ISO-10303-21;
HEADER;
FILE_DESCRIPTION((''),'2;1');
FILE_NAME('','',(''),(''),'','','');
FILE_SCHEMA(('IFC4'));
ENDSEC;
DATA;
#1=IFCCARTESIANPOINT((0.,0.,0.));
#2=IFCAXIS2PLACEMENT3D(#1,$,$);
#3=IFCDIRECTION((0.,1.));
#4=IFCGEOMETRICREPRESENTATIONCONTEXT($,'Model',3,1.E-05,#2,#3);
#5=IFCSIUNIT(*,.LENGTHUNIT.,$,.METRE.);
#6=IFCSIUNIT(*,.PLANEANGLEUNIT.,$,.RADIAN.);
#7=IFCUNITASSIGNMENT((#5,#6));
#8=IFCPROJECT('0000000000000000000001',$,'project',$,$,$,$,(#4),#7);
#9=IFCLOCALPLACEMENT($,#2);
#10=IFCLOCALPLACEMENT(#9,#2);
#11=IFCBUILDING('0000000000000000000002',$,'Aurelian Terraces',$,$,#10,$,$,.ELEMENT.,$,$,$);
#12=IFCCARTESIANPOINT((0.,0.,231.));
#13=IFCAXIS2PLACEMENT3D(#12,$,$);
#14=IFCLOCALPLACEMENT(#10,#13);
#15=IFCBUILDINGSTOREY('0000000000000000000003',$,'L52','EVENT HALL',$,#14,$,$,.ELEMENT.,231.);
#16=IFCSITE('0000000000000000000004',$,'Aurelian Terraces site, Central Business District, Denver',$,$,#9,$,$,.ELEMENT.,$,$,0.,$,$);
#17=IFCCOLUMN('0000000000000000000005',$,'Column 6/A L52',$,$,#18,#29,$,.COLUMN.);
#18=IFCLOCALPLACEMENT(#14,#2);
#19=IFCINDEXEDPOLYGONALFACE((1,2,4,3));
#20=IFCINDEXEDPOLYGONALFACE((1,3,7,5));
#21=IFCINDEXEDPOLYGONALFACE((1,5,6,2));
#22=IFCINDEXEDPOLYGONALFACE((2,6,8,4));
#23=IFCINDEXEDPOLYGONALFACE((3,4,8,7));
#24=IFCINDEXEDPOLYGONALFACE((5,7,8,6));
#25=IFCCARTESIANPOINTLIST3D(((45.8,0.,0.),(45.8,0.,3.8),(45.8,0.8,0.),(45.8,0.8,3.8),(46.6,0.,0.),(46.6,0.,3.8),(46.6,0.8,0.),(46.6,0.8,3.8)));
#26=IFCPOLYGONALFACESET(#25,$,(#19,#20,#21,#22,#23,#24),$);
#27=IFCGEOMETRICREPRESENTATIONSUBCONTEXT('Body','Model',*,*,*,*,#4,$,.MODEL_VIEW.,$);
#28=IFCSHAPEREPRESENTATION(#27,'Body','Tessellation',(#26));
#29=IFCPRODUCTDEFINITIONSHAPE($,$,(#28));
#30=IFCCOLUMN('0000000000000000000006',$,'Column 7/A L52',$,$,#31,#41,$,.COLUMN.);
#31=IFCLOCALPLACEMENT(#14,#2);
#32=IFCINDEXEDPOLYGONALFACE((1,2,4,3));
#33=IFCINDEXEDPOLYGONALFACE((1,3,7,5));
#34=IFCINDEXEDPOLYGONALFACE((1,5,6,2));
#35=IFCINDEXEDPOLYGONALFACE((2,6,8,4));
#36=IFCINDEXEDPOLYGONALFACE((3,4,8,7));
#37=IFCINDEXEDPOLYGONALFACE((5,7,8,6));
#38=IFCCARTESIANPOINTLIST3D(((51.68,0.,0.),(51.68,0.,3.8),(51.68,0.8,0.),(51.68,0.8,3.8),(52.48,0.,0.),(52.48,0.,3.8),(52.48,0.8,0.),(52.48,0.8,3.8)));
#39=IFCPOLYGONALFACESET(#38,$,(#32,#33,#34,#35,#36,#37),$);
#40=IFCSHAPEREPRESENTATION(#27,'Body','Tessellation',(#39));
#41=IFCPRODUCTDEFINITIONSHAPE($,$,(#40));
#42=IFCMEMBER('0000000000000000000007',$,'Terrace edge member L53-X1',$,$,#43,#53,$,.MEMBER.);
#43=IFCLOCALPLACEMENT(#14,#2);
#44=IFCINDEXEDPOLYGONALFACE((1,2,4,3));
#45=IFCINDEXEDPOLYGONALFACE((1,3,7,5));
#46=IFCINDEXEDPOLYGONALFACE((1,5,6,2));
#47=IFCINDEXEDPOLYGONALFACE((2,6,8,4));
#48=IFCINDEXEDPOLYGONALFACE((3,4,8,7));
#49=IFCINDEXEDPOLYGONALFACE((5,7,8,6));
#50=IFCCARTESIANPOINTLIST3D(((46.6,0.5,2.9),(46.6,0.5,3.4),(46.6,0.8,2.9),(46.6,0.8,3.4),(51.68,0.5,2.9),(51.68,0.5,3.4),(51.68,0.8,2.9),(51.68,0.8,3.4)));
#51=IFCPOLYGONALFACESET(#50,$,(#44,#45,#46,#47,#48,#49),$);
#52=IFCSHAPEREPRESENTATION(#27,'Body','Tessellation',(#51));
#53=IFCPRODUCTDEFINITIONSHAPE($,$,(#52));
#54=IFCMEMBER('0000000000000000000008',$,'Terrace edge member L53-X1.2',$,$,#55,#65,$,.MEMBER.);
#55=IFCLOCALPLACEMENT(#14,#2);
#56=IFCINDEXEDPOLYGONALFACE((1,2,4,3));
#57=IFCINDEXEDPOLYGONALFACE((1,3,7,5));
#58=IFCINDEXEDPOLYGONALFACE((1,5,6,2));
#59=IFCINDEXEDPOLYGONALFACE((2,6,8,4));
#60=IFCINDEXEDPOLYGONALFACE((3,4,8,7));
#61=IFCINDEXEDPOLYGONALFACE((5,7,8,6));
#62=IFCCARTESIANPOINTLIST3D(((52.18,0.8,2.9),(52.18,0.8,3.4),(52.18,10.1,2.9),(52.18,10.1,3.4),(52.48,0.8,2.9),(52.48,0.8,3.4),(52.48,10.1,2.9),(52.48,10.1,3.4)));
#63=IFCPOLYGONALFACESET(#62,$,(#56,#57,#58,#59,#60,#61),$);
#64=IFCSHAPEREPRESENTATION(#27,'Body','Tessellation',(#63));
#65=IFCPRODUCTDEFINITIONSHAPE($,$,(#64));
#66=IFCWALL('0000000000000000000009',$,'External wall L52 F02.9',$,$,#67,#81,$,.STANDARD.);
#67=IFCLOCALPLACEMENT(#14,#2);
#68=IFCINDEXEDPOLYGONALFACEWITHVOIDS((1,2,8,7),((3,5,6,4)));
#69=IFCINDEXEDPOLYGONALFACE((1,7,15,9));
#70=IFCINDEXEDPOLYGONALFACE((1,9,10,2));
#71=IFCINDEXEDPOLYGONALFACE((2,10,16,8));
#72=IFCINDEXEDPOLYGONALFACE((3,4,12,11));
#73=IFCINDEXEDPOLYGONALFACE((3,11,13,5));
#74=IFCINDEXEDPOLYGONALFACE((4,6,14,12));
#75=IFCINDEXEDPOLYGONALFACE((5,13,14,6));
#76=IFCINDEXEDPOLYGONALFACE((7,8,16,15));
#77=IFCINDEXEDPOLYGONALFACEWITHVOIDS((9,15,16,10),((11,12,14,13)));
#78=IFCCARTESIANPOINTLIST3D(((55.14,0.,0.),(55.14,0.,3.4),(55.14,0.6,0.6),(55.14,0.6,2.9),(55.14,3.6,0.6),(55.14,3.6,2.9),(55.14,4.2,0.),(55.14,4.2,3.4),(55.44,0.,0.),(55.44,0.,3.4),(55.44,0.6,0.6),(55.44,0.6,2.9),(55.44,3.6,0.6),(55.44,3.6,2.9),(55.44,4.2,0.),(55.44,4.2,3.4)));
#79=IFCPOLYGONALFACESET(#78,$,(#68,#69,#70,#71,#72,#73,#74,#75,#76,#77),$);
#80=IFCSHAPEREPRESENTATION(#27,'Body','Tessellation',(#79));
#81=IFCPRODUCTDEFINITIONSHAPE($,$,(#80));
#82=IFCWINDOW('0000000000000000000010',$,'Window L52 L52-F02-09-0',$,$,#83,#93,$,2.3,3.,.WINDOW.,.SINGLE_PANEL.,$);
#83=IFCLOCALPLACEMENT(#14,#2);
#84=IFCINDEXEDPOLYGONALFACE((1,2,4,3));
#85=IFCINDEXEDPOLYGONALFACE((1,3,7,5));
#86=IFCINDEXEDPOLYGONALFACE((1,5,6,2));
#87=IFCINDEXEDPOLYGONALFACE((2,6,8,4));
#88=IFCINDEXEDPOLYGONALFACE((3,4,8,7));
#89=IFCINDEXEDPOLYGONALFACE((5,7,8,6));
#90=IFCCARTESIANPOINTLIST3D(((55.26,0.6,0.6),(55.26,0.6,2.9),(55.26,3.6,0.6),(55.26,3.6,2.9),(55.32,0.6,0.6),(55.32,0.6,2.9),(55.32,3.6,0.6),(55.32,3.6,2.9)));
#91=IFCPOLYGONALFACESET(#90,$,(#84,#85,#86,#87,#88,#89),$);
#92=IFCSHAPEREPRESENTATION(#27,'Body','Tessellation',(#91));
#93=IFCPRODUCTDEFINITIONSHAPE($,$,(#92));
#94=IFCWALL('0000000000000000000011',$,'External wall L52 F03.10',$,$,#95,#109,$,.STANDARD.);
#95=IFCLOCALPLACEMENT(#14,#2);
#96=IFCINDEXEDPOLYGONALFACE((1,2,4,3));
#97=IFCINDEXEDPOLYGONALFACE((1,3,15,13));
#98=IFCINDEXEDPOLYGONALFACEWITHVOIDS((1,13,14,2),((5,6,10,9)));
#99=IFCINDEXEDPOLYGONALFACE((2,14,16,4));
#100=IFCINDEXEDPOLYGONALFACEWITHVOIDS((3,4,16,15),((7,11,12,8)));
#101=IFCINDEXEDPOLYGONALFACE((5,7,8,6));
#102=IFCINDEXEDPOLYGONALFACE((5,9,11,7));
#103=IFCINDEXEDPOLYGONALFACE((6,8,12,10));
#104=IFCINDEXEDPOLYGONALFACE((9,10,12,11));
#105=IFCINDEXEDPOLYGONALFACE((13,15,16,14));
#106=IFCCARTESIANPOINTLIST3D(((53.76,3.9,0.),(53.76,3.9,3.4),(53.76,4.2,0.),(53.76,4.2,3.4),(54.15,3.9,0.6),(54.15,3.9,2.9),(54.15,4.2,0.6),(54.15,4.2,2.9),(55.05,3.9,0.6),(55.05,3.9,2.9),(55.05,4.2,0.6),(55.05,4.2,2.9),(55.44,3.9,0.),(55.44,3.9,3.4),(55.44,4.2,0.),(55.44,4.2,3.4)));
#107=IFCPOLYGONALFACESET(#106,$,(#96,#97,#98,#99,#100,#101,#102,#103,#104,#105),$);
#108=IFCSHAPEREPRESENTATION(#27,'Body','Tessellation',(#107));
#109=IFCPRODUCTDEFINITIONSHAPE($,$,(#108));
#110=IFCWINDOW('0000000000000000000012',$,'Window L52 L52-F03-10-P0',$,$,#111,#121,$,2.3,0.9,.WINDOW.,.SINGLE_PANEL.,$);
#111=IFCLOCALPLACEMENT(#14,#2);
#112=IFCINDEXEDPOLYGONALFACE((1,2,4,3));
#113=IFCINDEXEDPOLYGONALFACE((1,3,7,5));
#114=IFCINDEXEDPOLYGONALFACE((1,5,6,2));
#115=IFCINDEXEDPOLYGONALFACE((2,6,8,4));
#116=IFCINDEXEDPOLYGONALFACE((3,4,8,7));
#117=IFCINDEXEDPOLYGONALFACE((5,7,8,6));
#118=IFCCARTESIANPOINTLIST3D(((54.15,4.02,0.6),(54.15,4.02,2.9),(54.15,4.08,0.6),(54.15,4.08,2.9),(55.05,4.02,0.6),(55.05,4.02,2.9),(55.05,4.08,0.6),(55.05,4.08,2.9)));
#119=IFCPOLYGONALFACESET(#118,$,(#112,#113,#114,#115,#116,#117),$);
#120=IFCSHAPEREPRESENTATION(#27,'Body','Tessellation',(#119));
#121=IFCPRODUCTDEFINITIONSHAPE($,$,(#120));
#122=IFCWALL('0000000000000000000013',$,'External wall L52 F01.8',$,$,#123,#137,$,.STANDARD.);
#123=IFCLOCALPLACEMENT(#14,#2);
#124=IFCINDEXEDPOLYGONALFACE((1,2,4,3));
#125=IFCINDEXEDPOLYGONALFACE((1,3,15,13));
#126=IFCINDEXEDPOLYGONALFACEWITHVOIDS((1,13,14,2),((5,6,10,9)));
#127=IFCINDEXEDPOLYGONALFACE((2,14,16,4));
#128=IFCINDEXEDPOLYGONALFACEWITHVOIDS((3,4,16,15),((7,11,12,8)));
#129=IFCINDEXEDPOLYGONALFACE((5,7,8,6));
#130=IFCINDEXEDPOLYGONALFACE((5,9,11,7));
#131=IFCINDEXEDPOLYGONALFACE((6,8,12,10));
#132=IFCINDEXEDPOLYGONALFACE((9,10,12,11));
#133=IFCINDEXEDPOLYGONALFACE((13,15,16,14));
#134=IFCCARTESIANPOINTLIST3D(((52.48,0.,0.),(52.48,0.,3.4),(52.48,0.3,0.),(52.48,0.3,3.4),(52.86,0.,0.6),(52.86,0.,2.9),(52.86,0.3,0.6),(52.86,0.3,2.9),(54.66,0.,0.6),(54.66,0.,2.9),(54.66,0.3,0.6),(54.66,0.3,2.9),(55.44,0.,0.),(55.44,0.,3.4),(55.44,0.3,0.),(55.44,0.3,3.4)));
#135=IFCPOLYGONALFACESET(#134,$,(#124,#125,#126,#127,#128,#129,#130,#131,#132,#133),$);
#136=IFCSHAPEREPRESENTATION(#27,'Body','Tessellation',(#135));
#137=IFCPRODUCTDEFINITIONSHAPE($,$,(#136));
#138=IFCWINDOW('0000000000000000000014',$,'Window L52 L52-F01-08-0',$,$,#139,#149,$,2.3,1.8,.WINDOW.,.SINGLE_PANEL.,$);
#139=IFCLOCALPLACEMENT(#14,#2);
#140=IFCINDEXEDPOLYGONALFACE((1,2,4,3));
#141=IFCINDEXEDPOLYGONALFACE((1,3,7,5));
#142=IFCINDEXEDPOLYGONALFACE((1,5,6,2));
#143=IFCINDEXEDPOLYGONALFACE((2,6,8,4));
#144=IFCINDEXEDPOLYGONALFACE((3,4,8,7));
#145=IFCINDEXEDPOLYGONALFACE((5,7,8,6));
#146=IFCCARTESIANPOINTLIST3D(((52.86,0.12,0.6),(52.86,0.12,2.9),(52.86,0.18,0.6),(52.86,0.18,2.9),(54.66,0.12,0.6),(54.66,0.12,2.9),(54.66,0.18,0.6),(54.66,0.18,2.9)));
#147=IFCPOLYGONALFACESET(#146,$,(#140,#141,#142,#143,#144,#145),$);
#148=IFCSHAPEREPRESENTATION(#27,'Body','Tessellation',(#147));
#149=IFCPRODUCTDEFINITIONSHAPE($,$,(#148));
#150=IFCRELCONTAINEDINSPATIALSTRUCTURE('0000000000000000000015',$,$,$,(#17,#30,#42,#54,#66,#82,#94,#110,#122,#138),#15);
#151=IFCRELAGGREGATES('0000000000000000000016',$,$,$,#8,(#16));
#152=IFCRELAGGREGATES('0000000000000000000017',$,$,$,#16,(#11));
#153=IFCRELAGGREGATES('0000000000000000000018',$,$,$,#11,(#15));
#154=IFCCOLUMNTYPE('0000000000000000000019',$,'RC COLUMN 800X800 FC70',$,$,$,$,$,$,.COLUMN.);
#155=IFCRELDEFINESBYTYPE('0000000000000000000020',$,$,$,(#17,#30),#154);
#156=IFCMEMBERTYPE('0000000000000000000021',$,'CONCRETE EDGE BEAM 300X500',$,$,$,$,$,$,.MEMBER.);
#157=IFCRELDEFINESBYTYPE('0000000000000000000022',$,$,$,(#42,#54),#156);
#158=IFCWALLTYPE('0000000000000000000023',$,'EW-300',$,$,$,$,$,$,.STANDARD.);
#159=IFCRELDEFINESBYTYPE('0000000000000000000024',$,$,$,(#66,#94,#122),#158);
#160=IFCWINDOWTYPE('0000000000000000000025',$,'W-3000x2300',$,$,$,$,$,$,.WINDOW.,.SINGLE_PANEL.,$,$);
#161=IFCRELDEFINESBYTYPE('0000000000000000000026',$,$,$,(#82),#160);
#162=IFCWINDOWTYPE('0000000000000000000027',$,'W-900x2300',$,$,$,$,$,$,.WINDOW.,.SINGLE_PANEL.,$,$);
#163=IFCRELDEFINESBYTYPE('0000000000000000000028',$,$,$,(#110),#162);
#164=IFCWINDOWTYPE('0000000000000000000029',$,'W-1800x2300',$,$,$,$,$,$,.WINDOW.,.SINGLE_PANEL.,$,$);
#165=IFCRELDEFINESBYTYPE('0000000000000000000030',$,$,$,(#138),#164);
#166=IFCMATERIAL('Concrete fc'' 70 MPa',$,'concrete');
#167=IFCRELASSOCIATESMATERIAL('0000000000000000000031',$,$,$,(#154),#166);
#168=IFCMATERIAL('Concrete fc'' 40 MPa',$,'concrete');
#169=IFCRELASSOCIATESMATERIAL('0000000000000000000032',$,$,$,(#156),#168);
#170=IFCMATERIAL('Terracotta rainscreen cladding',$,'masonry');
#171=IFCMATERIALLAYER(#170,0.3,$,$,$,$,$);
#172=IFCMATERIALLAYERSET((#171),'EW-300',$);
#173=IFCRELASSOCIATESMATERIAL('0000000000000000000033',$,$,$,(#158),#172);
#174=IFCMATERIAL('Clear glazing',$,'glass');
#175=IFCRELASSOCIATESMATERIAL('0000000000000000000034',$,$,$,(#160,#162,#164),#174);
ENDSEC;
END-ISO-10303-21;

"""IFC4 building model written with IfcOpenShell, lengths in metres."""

from ifc_helpers import new_model, si_unit, direction, frame, frame_2d, origin, origin_2d, place, context, subcontext, project, spatial, rectangle, extrude, source, transform, mapped, material, layer, layer_set, material_profile, profile_set, type_object, element, fill, save


model = new_model("IFC4")

# Units and contexts
model_context = context("Model", 3, precision=1e-05, world=origin(), true_north=direction((0.0, 1.0)))
body_context = subcontext(model_context, "Body", "Model", "MODEL_VIEW")
ifc_project = project(units=[si_unit("LENGTHUNIT", "METRE"), si_unit("PLANEANGLEUNIT", "RADIAN")], contexts=[model_context])

# Site, building, storey
site_placement = place(None, origin())
site = spatial("IfcSite", under=ifc_project, at=site_placement, Name="Aurelian Terraces site, Central Business District, Denver", CompositionType="ELEMENT", RefElevation=0.0)
building_placement = place(site_placement, origin())
building = spatial("IfcBuilding", under=site, at=building_placement, Name="Aurelian Terraces", CompositionType="ELEMENT")
storey_placement = place(building_placement, frame((0.0, 0.0, 231.0)))
storey = spatial("IfcBuildingStorey", under=building, at=storey_placement, Name="L52", Description="EVENT HALL", CompositionType="ELEMENT", Elevation=231.0)

# Columns
ifc_material_1 = material(Name="Concrete fc' 70 MPa", Category="concrete")
ifc_material_profile_1 = material_profile(ifc_material_1, rectangle(XDim=0.8, YDim=0.8, at=origin_2d()))
ifc_profile_set_1 = profile_set([ifc_material_profile_1], Name="Concrete fc' 70 MPa")
column_type = type_object("IfcColumnType", Name="RC COLUMN 800X800 FC70", PredefinedType="COLUMN", material=ifc_profile_set_1)
shared_shape_1 = source(origin(), body_context, "Body", "SweptSolid", [
    extrude(rectangle(XDim=0.8, YDim=0.8, at=origin_2d()), origin(), (0.0, 0.0, 1.0), 3.8),
])
for number, where, z_axis, x_axis, name in (
    (1, (46.2, 0.4, 0.0), (0.0, 0.0, 1.0), (1.0, 0.0, 0.0), "Column 6/A L52"),
    (2, (52.08, 0.4, 0.0), (0.0, 0.0, 1.0), (1.0, 0.0, 0.0), "Column 7/A L52"),
):
    element("IfcColumn", number, at=place(storey_placement, frame(where, z_axis=z_axis, x_axis=x_axis)), inside=storey, type_object=column_type, Name=name, PredefinedType="COLUMN", context=body_context, shape_type="MappedRepresentation", body=[
        mapped(shared_shape_1, transform((0.0, 0.0, 0.0), scale=1.0)),
    ])

# Members
ifc_material_2 = material(Name="Concrete fc' 40 MPa", Category="concrete")
ifc_material_profile_2 = material_profile(ifc_material_2, rectangle(XDim=0.3, YDim=0.5, at=origin_2d()))
ifc_profile_set_2 = profile_set([ifc_material_profile_2], Name="Concrete fc' 40 MPa")
member_type = type_object("IfcMemberType", Name="CONCRETE EDGE BEAM 300X500", PredefinedType="MEMBER", material=ifc_profile_set_2)
member_1_placement = place(storey_placement, frame((51.68, 0.65, 3.15), z_axis=(-1.0, 0.0, 0.0), x_axis=(0.0, -1.0, 0.0)))
element("IfcMember", 3, at=member_1_placement, inside=storey, type_object=member_type, Name="Terrace edge member L53-X1", PredefinedType="MEMBER", context=body_context, shape_type="SweptSolid", body=[
    extrude(rectangle(XDim=0.3, YDim=0.5, at=origin_2d()), origin(), (0.0, 0.0, 1.0), 5.08),
])
member_2_placement = place(storey_placement, frame((52.33, 0.8, 3.15), z_axis=(0.0, 1.0, 0.0), x_axis=(-1.0, 0.0, 0.0)))
element("IfcMember", 4, at=member_2_placement, inside=storey, type_object=member_type, Name="Terrace edge member L53-X1.2", PredefinedType="MEMBER", context=body_context, shape_type="SweptSolid", body=[
    extrude(rectangle(XDim=0.3, YDim=0.5, at=origin_2d()), origin(), (0.0, 0.0, 1.0), 9.3),
])

# Walls, openings, windows
ifc_material_3 = material(Name="Terracotta rainscreen cladding", Category="masonry")
ifc_layer_1 = layer(ifc_material_3, 0.3)
ifc_layer_set_1 = layer_set([ifc_layer_1], Name="EW-300")
wall_type_1 = type_object("IfcWallType", Name="EW-300", PredefinedType="STANDARD", material=ifc_layer_set_1)
shared_shape_2 = source(origin(), body_context, "Body", "SweptSolid", [
    extrude(rectangle(XDim=4.2, YDim=0.3, at=frame_2d((2.1, 0.0))), origin(), (0.0, 0.0, 1.0), 3.4),
])
wall_1_placement = place(storey_placement, frame((55.29, 0.0, 0.0), z_axis=(0.0, 0.0, 1.0), x_axis=(0.0, 1.0, 0.0)))
wall_1 = element("IfcWall", 5, at=wall_1_placement, inside=storey, type_object=wall_type_1, Name="External wall L52 F02.9", PredefinedType="STANDARD", context=body_context, shape_type="MappedRepresentation", body=[
    mapped(shared_shape_2, transform((0.0, 0.0, 0.0), scale=1.0)),
])
shared_shape_3 = source(origin(), body_context, "Body", "SweptSolid", [
    extrude(rectangle(XDim=3.0, YDim=2.3, at=frame_2d((1.5, 1.15))), frame((0.0, 0.16, 0.0), z_axis=(0.0, -1.0, 0.0), x_axis=(1.0, 0.0, 0.0)), (0.0, 0.0, 1.0), 0.32),
])
opening_1_placement = place(wall_1_placement, frame((0.6, 0.0, 0.6)))
opening_1 = element("IfcOpeningElement", 6, at=opening_1_placement, cuts=wall_1, PredefinedType="OPENING", context=body_context, shape_type="MappedRepresentation", body=[
    mapped(shared_shape_3, transform((0.0, 0.0, 0.0), scale=1.0)),
])
ifc_material_4 = material(Name="Clear glazing", Category="glass")
window_type_1 = type_object("IfcWindowType", Name="W-3000x2300", PartitioningType="SINGLE_PANEL", PredefinedType="WINDOW", material=ifc_material_4)
shared_shape_4 = source(origin(), body_context, "Body", "SweptSolid", [
    extrude(rectangle(XDim=3.0, YDim=2.3, at=frame_2d((1.5, 1.15))), frame((0.0, 0.03, 0.0), z_axis=(0.0, -1.0, 0.0), x_axis=(1.0, 0.0, 0.0)), (0.0, 0.0, 1.0), 0.06),
])
window_1_placement = place(opening_1_placement, origin())
window_1 = element("IfcWindow", 7, at=window_1_placement, inside=storey, type_object=window_type_1, Name="Window L52 L52-F02-09-0", OverallHeight=2.3, OverallWidth=3.0, PartitioningType="SINGLE_PANEL", PredefinedType="WINDOW", context=body_context, shape_type="MappedRepresentation", body=[
    mapped(shared_shape_4, transform((0.0, 0.0, 0.0), scale=1.0)),
])
fill(opening_1, window_1)
shared_shape_5 = source(origin(), body_context, "Body", "SweptSolid", [
    extrude(rectangle(XDim=1.68, YDim=0.3, at=frame_2d((0.84, 0.0))), origin(), (0.0, 0.0, 1.0), 3.4),
])
wall_2_placement = place(storey_placement, frame((55.44, 4.05, 0.0), z_axis=(0.0, 0.0, 1.0), x_axis=(-1.0, 0.0, 0.0)))
wall_2 = element("IfcWall", 8, at=wall_2_placement, inside=storey, type_object=wall_type_1, Name="External wall L52 F03.10", PredefinedType="STANDARD", context=body_context, shape_type="MappedRepresentation", body=[
    mapped(shared_shape_5, transform((0.0, 0.0, 0.0), scale=1.0)),
])
shared_shape_6 = source(origin(), body_context, "Body", "SweptSolid", [
    extrude(rectangle(XDim=0.9, YDim=2.3, at=frame_2d((0.45, 1.15))), frame((0.0, 0.16, 0.0), z_axis=(0.0, -1.0, 0.0), x_axis=(1.0, 0.0, 0.0)), (0.0, 0.0, 1.0), 0.32),
])
opening_2_placement = place(wall_2_placement, frame((0.39, 0.0, 0.6)))
opening_2 = element("IfcOpeningElement", 9, at=opening_2_placement, cuts=wall_2, PredefinedType="OPENING", context=body_context, shape_type="MappedRepresentation", body=[
    mapped(shared_shape_6, transform((0.0, 0.0, 0.0), scale=1.0)),
])
window_type_2 = type_object("IfcWindowType", Name="W-900x2300", PartitioningType="SINGLE_PANEL", PredefinedType="WINDOW", material=ifc_material_4)
shared_shape_7 = source(origin(), body_context, "Body", "SweptSolid", [
    extrude(rectangle(XDim=0.9, YDim=2.3, at=frame_2d((0.45, 1.15))), frame((0.0, 0.03, 0.0), z_axis=(0.0, -1.0, 0.0), x_axis=(1.0, 0.0, 0.0)), (0.0, 0.0, 1.0), 0.06),
])
window_2_placement = place(opening_2_placement, origin())
window_2 = element("IfcWindow", 10, at=window_2_placement, inside=storey, type_object=window_type_2, Name="Window L52 L52-F03-10-P0", OverallHeight=2.3, OverallWidth=0.9, PartitioningType="SINGLE_PANEL", PredefinedType="WINDOW", context=body_context, shape_type="MappedRepresentation", body=[
    mapped(shared_shape_7, transform((0.0, 0.0, 0.0), scale=1.0)),
])
fill(opening_2, window_2)
shared_shape_8 = source(origin(), body_context, "Body", "SweptSolid", [
    extrude(rectangle(XDim=2.96, YDim=0.3, at=frame_2d((1.48, 0.0))), origin(), (0.0, 0.0, 1.0), 3.4),
])
wall_3_placement = place(storey_placement, frame((52.48, 0.15, 0.0), z_axis=(0.0, 0.0, 1.0), x_axis=(1.0, 0.0, 0.0)))
wall_3 = element("IfcWall", 11, at=wall_3_placement, inside=storey, type_object=wall_type_1, Name="External wall L52 F01.8", PredefinedType="STANDARD", context=body_context, shape_type="MappedRepresentation", body=[
    mapped(shared_shape_8, transform((0.0, 0.0, 0.0), scale=1.0)),
])
shared_shape_9 = source(origin(), body_context, "Body", "SweptSolid", [
    extrude(rectangle(XDim=1.8, YDim=2.3, at=frame_2d((0.9, 1.15))), frame((0.0, 0.16, 0.0), z_axis=(0.0, -1.0, 0.0), x_axis=(1.0, 0.0, 0.0)), (0.0, 0.0, 1.0), 0.32),
])
opening_3_placement = place(wall_3_placement, frame((0.38, 0.0, 0.6)))
opening_3 = element("IfcOpeningElement", 12, at=opening_3_placement, cuts=wall_3, PredefinedType="OPENING", context=body_context, shape_type="MappedRepresentation", body=[
    mapped(shared_shape_9, transform((0.0, 0.0, 0.0), scale=1.0)),
])
window_type_3 = type_object("IfcWindowType", Name="W-1800x2300", PartitioningType="SINGLE_PANEL", PredefinedType="WINDOW", material=ifc_material_4)
shared_shape_10 = source(origin(), body_context, "Body", "SweptSolid", [
    extrude(rectangle(XDim=1.8, YDim=2.3, at=frame_2d((0.9, 1.15))), frame((0.0, 0.03, 0.0), z_axis=(0.0, -1.0, 0.0), x_axis=(1.0, 0.0, 0.0)), (0.0, 0.0, 1.0), 0.06),
])
window_3_placement = place(opening_3_placement, origin())
window_3 = element("IfcWindow", 13, at=window_3_placement, inside=storey, type_object=window_type_3, Name="Window L52 L52-F01-08-0", OverallHeight=2.3, OverallWidth=1.8, PartitioningType="SINGLE_PANEL", PredefinedType="WINDOW", context=body_context, shape_type="MappedRepresentation", body=[
    mapped(shared_shape_10, transform((0.0, 0.0, 0.0), scale=1.0)),
])
fill(opening_3, window_3)

save(model, "model.ifc")
